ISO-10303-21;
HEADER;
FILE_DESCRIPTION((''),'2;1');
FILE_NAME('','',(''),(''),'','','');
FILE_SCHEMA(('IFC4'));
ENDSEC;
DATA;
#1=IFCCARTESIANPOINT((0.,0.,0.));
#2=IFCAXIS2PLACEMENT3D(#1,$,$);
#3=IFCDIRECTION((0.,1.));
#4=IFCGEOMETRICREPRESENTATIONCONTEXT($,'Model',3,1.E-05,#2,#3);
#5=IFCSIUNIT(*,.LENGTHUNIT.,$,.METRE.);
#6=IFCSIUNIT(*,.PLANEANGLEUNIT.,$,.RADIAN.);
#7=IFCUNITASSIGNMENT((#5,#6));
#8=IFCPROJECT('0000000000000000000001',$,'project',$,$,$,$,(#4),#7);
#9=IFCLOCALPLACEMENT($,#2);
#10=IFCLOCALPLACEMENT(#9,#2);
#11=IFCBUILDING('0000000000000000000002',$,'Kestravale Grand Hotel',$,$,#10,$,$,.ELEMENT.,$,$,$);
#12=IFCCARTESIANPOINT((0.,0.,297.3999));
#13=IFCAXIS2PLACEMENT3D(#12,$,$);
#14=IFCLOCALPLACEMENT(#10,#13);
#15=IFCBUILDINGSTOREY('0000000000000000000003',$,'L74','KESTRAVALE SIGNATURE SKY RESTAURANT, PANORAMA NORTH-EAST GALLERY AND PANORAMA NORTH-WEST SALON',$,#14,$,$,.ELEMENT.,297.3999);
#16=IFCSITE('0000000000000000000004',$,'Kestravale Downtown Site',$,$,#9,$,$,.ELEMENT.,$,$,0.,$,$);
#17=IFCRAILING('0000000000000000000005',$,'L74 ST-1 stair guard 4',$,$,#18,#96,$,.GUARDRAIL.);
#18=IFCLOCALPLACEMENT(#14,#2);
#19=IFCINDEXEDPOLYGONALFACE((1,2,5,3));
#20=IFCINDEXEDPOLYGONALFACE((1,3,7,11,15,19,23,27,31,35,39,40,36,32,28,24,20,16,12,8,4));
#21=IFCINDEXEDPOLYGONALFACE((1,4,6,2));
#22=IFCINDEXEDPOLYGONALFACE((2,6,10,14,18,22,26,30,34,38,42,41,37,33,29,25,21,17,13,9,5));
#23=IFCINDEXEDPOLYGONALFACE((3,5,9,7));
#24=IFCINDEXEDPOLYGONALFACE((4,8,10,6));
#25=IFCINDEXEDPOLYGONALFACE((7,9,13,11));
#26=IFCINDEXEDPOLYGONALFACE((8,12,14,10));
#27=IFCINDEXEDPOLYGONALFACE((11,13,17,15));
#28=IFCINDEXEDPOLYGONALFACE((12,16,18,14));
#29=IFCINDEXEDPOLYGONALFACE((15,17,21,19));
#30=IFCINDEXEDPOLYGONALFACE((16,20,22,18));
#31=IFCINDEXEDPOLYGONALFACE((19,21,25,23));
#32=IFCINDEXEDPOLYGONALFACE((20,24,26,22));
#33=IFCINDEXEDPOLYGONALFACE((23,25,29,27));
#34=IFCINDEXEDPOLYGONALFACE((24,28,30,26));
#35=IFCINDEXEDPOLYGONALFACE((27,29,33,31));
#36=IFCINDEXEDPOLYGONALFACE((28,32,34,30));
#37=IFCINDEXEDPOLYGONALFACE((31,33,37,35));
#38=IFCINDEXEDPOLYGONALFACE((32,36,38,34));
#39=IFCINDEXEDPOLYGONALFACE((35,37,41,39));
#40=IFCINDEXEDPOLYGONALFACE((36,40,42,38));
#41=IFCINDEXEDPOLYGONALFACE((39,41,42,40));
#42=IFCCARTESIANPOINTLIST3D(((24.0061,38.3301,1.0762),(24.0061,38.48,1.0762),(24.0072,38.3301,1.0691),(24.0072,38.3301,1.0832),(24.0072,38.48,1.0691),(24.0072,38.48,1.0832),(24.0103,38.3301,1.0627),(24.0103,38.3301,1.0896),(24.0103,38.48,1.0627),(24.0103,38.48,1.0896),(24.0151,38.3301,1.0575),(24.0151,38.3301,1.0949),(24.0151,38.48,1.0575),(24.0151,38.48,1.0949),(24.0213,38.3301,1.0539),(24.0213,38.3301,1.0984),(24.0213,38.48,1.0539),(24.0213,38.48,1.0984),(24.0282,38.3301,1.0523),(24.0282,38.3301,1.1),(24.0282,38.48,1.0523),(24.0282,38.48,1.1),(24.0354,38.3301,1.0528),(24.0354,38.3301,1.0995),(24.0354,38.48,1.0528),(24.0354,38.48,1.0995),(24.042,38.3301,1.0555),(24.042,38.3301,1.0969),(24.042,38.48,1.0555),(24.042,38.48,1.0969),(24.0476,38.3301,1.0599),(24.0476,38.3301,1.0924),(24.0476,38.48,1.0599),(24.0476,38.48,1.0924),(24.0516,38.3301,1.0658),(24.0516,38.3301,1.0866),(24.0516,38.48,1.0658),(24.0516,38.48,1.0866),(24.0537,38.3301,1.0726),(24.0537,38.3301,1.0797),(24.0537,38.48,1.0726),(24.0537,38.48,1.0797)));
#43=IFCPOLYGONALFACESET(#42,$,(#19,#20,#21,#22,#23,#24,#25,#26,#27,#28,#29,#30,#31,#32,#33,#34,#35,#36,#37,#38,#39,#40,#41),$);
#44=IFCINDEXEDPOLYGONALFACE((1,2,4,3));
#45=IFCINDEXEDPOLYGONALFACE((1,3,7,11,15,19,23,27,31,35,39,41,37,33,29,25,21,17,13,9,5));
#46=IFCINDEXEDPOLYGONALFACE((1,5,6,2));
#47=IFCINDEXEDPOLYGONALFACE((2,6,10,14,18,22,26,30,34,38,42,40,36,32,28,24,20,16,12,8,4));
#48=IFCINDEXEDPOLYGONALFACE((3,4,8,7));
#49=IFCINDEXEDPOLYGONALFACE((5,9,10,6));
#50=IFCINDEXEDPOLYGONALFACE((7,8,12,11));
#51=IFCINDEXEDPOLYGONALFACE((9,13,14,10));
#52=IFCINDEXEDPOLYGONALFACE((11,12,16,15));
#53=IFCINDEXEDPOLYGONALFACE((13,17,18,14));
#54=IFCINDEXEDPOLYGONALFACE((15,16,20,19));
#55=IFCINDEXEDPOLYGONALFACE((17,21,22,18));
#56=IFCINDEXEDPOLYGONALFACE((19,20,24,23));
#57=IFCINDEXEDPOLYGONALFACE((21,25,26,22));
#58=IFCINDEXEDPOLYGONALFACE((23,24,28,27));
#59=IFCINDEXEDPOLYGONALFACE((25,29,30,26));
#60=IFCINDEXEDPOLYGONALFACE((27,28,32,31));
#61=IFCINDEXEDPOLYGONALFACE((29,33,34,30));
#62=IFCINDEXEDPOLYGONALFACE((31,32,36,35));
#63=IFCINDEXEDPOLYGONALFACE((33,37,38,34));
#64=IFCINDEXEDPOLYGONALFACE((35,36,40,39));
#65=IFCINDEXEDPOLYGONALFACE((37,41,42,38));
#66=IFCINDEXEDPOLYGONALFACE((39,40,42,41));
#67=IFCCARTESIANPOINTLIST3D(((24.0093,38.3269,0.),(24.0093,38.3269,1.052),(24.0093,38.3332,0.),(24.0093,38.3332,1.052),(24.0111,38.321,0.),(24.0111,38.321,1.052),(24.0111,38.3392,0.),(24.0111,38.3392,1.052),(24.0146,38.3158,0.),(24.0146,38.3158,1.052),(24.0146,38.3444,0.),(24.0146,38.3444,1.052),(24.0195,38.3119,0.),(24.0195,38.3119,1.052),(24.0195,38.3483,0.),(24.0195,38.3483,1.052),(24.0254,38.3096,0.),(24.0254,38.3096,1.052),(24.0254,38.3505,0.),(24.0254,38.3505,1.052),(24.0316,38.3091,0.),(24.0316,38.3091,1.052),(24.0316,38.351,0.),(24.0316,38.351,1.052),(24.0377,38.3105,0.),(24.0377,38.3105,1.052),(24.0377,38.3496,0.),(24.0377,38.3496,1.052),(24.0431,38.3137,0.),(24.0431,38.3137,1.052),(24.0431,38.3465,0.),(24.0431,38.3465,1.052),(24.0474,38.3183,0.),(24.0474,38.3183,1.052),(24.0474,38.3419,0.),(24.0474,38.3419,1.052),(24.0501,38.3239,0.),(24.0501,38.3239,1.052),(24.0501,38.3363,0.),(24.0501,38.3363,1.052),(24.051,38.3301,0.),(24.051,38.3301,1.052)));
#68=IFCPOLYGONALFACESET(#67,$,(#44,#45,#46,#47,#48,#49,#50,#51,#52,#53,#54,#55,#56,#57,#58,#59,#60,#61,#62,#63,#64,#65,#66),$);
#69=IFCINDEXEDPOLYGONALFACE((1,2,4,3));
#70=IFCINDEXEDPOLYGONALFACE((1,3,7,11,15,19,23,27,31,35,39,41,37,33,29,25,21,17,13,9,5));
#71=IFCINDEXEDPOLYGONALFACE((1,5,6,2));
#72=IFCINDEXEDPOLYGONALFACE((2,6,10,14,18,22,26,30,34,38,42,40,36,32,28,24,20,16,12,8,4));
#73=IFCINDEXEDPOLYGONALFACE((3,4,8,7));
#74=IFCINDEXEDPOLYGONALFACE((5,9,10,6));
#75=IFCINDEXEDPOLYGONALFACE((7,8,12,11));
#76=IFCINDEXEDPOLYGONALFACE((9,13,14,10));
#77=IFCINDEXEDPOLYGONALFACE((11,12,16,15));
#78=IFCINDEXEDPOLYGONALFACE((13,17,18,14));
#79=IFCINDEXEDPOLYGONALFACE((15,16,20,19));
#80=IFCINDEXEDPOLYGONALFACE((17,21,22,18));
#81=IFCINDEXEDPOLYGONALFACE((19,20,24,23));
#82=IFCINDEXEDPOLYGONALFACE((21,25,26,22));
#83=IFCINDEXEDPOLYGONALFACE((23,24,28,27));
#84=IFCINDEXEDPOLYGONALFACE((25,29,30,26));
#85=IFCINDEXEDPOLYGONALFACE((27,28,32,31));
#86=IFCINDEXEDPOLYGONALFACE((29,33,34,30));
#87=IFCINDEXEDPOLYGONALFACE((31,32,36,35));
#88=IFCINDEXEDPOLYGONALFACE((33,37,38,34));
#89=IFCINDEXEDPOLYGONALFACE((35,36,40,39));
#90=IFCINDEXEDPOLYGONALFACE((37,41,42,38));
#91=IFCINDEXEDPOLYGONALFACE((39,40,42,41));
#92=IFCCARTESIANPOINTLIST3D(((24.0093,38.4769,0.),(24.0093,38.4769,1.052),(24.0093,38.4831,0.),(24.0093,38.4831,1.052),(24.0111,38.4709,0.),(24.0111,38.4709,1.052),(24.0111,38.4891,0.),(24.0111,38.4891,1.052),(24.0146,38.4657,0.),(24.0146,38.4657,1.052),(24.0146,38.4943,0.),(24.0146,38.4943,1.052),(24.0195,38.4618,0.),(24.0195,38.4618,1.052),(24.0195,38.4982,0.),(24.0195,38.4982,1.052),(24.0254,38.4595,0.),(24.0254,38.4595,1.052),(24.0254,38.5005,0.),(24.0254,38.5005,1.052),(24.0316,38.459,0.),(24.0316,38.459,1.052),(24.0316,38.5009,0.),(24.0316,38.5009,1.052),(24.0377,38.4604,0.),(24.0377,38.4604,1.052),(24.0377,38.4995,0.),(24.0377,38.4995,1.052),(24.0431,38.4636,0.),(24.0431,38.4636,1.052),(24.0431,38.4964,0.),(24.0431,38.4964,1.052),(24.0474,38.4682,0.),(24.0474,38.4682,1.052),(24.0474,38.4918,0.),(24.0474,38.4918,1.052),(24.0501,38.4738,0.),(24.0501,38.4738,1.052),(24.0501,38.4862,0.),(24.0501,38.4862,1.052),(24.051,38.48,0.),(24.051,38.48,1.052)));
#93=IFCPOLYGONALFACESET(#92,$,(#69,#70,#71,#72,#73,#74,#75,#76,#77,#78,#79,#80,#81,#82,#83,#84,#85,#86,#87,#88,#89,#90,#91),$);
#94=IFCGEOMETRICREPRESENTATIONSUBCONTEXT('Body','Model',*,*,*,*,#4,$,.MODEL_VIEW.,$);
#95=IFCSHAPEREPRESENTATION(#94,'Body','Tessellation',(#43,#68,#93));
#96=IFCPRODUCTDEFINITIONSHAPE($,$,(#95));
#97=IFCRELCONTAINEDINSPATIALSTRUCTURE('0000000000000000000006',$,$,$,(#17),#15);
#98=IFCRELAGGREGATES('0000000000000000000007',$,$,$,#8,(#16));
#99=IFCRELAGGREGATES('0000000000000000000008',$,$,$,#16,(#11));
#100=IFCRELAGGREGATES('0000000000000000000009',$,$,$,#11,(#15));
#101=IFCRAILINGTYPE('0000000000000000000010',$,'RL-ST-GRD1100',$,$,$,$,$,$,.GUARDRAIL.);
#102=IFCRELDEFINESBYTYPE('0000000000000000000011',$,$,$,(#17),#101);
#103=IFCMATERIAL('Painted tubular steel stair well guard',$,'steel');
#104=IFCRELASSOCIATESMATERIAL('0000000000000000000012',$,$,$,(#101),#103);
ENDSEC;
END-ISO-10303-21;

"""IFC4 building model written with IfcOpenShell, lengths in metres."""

from ifc_helpers import new_model, si_unit, direction, frame, origin, origin_2d, place, context, subcontext, project, spatial, circle, extrude, material, type_object, element, save


model = new_model("IFC4")

# Units and contexts
model_context = context("Model", 3, precision=1e-05, world=origin(), true_north=direction((0.0, 1.0)))
body_context = subcontext(model_context, "Body", "Model", "MODEL_VIEW")
ifc_project = project(units=[si_unit("LENGTHUNIT", "METRE"), si_unit("PLANEANGLEUNIT", "RADIAN")], contexts=[model_context])

# Site, building, storey
site_placement = place(None, origin())
site = spatial("IfcSite", under=ifc_project, at=site_placement, Name="Kestravale Downtown Site", CompositionType="ELEMENT", RefElevation=0.0)
building_placement = place(site_placement, origin())
building = spatial("IfcBuilding", under=site, at=building_placement, Name="Kestravale Grand Hotel", CompositionType="ELEMENT")
storey_placement = place(building_placement, frame((0.0, 0.0, 297.3999)))
storey = spatial("IfcBuildingStorey", under=building, at=storey_placement, Name="L74", Description="KESTRAVALE SIGNATURE SKY RESTAURANT, PANORAMA NORTH-EAST GALLERY AND PANORAMA NORTH-WEST SALON", CompositionType="ELEMENT", Elevation=297.3999)

# Railing
ifc_material_1 = material(Name="Painted tubular steel stair well guard", Category="steel")
railing_type_1 = type_object("IfcRailingType", Name="RL-ST-GRD1100", PredefinedType="GUARDRAIL", material=ifc_material_1)
railing_1_placement = place(storey_placement, frame((24.03, 38.3301, 0.0)))
element("IfcRailing", 1, at=railing_1_placement, inside=storey, type_object=railing_type_1, Name="L74 ST-1 stair guard 4", PredefinedType="GUARDRAIL", context=body_context, shape_type="SweptSolid", body=[
    extrude(circle(Radius=0.0239, at=origin_2d()), frame((0.0, 0.0, 1.0762), z_axis=(0.0, 1.0, 0.0), x_axis=(-1.0, 0.0, 0.0)), (0.0, 0.0, 1.0), 0.1499),
    extrude(circle(Radius=0.021, at=origin_2d()), origin(), (0.0, 0.0, 1.0), 1.052),
    extrude(circle(Radius=0.021, at=origin_2d()), frame((0.0, 0.1499, 0.0)), (0.0, 0.0, 1.0), 1.052),
])

save(model, "model.ifc")
